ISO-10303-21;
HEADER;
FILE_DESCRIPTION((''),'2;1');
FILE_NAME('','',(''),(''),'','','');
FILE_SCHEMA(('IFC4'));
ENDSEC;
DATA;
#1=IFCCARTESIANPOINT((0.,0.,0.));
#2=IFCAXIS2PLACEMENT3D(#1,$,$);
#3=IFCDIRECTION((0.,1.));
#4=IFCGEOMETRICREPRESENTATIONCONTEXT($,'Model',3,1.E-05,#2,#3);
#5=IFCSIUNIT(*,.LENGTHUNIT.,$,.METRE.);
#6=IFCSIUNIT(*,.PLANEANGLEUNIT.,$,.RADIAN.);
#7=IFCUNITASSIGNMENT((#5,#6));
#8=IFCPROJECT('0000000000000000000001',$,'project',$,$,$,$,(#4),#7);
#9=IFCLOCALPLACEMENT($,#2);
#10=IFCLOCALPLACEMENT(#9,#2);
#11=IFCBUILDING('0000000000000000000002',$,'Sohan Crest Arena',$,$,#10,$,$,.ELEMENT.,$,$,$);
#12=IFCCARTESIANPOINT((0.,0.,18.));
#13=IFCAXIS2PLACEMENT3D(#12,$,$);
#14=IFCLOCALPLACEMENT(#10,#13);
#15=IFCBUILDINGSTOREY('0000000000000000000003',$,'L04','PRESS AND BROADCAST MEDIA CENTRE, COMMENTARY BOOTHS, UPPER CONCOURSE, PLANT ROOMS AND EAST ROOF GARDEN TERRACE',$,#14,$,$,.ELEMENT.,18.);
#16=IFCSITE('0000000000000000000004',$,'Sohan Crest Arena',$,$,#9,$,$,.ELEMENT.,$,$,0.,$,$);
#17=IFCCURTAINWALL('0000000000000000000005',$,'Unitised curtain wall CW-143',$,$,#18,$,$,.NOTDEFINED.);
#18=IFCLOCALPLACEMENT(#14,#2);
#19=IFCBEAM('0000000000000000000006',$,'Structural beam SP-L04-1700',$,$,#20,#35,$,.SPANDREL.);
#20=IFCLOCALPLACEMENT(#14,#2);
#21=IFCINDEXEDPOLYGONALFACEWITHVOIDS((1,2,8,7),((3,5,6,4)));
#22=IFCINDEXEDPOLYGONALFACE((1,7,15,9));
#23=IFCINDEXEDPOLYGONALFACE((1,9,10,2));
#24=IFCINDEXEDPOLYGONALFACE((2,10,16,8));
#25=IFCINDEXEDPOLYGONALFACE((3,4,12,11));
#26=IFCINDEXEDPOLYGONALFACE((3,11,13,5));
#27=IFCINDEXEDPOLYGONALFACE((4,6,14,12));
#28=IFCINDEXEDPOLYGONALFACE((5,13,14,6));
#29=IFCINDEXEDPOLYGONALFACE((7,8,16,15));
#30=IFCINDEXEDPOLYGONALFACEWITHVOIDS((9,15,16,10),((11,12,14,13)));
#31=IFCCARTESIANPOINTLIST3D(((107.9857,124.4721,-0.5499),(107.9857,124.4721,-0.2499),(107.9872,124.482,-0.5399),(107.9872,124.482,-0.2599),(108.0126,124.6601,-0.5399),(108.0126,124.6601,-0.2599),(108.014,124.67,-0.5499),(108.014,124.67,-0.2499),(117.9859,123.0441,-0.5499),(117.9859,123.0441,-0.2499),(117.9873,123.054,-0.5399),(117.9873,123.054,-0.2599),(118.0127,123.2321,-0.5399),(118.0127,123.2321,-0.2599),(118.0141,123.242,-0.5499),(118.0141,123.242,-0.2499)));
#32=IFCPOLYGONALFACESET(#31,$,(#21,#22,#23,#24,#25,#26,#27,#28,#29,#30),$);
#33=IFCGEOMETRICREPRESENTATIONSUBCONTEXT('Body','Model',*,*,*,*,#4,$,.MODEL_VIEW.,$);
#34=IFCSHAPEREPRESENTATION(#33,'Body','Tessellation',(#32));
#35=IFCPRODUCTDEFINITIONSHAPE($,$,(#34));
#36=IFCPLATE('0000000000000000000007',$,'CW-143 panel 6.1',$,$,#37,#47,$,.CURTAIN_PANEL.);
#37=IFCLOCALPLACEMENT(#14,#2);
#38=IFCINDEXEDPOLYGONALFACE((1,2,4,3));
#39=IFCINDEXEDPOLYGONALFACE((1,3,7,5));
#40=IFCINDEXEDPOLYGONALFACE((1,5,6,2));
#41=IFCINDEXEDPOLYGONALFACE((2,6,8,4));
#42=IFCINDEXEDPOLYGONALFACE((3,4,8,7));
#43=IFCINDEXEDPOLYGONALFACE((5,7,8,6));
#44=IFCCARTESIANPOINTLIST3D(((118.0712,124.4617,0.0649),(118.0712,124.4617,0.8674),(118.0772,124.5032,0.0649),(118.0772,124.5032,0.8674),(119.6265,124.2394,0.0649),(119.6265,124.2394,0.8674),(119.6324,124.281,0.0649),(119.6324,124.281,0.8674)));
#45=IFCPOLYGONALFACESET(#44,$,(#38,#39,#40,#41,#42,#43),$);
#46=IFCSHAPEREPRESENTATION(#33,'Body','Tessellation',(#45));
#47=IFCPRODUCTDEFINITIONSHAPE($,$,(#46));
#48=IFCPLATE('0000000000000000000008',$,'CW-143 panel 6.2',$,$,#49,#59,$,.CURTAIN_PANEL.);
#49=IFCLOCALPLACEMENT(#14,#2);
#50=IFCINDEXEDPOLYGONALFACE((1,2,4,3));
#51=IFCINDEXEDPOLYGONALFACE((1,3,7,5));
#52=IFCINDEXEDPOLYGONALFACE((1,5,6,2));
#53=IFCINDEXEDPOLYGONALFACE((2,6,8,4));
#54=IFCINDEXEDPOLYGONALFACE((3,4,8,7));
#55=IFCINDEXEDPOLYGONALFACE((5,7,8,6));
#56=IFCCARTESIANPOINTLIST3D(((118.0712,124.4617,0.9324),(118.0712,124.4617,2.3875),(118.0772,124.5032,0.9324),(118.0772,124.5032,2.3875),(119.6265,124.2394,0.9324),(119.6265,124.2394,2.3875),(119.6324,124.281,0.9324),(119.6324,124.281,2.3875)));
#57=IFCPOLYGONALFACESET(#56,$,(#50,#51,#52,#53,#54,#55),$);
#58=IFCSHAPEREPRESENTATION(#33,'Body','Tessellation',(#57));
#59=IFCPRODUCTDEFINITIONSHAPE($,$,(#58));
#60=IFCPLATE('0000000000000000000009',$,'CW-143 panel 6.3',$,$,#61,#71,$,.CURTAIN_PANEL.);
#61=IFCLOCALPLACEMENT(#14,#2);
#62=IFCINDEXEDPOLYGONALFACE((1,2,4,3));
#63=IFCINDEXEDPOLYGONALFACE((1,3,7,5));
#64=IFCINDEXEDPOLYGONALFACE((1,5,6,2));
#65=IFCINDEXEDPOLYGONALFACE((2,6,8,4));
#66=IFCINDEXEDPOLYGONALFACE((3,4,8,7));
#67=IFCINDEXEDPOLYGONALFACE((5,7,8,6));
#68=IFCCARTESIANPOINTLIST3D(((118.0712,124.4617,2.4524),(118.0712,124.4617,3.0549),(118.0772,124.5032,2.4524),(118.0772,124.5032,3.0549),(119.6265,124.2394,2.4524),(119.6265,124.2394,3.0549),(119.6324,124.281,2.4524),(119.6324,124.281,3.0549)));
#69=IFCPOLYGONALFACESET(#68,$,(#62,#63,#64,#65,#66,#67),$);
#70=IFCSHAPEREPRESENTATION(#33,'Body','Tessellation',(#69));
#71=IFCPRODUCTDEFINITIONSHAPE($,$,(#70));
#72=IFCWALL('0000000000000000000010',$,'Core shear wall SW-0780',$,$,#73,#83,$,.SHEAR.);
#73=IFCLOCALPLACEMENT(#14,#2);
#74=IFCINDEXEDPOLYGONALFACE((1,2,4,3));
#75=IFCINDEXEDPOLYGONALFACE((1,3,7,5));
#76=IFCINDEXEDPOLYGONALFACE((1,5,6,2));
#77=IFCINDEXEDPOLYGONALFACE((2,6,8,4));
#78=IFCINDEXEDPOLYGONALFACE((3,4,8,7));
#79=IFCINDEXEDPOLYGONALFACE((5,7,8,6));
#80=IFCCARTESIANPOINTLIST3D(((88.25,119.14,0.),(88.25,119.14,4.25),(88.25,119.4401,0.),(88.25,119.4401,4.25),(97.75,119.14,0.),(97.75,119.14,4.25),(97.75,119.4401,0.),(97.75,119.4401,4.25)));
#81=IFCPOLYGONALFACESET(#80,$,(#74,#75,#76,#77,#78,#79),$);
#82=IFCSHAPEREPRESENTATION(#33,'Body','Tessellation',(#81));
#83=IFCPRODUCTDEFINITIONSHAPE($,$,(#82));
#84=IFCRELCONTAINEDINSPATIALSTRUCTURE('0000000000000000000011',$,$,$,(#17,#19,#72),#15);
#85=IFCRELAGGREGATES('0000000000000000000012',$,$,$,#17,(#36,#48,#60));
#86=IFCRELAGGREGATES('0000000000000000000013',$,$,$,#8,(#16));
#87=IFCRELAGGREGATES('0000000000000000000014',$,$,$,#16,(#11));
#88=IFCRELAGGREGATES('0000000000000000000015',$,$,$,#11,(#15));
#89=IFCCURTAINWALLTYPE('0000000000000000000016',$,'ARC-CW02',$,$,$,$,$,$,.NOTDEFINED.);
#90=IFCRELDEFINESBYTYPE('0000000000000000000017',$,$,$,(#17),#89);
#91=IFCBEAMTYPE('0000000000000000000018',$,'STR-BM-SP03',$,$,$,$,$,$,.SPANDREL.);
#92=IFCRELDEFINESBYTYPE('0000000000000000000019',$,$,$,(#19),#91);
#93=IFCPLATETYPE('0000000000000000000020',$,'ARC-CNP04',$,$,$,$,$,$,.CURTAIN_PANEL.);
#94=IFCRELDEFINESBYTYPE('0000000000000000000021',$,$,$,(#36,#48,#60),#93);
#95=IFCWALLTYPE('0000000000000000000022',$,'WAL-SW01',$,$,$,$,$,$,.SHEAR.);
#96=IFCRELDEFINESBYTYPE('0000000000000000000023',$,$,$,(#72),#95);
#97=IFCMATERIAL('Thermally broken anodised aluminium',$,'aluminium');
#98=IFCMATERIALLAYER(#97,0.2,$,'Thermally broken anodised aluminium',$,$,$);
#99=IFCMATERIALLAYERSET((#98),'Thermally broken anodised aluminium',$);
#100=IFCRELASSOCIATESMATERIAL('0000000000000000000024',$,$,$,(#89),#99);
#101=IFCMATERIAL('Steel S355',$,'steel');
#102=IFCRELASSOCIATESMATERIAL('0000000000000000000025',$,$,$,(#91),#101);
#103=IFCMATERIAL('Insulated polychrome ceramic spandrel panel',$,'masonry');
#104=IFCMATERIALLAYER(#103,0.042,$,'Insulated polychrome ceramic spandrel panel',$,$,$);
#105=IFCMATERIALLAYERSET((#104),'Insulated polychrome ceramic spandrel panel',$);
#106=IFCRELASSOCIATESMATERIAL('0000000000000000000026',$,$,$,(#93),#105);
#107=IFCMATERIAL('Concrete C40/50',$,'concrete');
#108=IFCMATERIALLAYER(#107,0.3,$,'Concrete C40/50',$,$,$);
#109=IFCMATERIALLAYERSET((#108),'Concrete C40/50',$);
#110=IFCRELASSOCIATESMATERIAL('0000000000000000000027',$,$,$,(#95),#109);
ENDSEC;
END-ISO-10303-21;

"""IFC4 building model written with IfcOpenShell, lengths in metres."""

from ifc_helpers import new_model, si_unit, direction, frame, frame_2d, origin, origin_2d, place, context, subcontext, project, spatial, rectangle, hollow_rectangle, extrude, material, layer, layer_set, material_profile, profile_set, type_object, element, aggregate, save


model = new_model("IFC4")

# Units and contexts
model_context = context("Model", 3, precision=1e-05, world=origin(), true_north=direction((0.0, 1.0)))
body_context = subcontext(model_context, "Body", "Model", "MODEL_VIEW")
ifc_project = project(units=[si_unit("LENGTHUNIT", "METRE"), si_unit("PLANEANGLEUNIT", "RADIAN")], contexts=[model_context])

# Site, building, storey
site_placement = place(None, origin())
site = spatial("IfcSite", under=ifc_project, at=site_placement, Name="Sohan Crest Arena", CompositionType="ELEMENT", RefElevation=0.0)
building_placement = place(site_placement, origin())
building = spatial("IfcBuilding", under=site, at=building_placement, Name="Sohan Crest Arena", CompositionType="ELEMENT")
storey_placement = place(building_placement, frame((0.0, 0.0, 18.0)))
storey = spatial("IfcBuildingStorey", under=building, at=storey_placement, Name="L04", Description="PRESS AND BROADCAST MEDIA CENTRE, COMMENTARY BOOTHS, UPPER CONCOURSE, PLANT ROOMS AND EAST ROOF GARDEN TERRACE", CompositionType="ELEMENT", Elevation=18.0)

# Shared definitions
ifc_material_1 = material(Name="Steel S355", Category="steel")

# Shared definitions
ifc_material_2 = material(Name="Thermally broken anodised aluminium", Category="aluminium")
ifc_layer_1 = layer(ifc_material_2, 0.2, Name="Thermally broken anodised aluminium")
ifc_layer_set_1 = layer_set([ifc_layer_1], Name="Thermally broken anodised aluminium")
curtain_wall_type_1 = type_object("IfcCurtainWallType", Name="ARC-CW02", PredefinedType="NOTDEFINED", material=ifc_layer_set_1)

# Curtain wall
curtain_wall_1_placement = place(storey_placement, origin())
curtain_wall_1 = element("IfcCurtainWall", 1, at=curtain_wall_1_placement, inside=storey, type_object=curtain_wall_type_1, Name="Unitised curtain wall CW-143", PredefinedType="NOTDEFINED")

# Beam
ifc_material_profile_1 = material_profile(ifc_material_1, hollow_rectangle(XDim=0.2, YDim=0.3, WallThickness=0.01, at=origin_2d()), Name="RHS 300x200x10")
ifc_profile_set_1 = profile_set([ifc_material_profile_1], Name="Steel S355")
beam_type_1 = type_object("IfcBeamType", Name="STR-BM-SP03", PredefinedType="SPANDREL", material=ifc_profile_set_1)
beam_1_placement = place(storey_placement, frame((118.0, 123.1431, -0.3999), z_axis=(-0.989958, 0.141364, 0.0), x_axis=(-0.141364, -0.989958, 0.0)))
element("IfcBeam", 2, at=beam_1_placement, inside=storey, type_object=beam_type_1, Name="Structural beam SP-L04-1700", PredefinedType="SPANDREL", context=body_context, shape_type="SweptSolid", body=[
    extrude(hollow_rectangle(XDim=0.2, YDim=0.3, WallThickness=0.01, at=origin_2d()), origin(), (0.0, 0.0, 1.0), 10.1016),
])

# Plates
ifc_material_3 = material(Name="Insulated polychrome ceramic spandrel panel", Category="masonry")
ifc_layer_2 = layer(ifc_material_3, 0.042, Name="Insulated polychrome ceramic spandrel panel")
ifc_layer_set_2 = layer_set([ifc_layer_2], Name="Insulated polychrome ceramic spandrel panel")
plate_type = type_object("IfcPlateType", Name="ARC-CNP04", PredefinedType="CURTAIN_PANEL", material=ifc_layer_set_2)
plate_1_placement = place(storey_placement, frame((118.8518, 124.3713, 0.0649), z_axis=(0.0, 0.0, 1.0), x_axis=(-0.989944, 0.141463, 0.0)))
plate_1 = element("IfcPlate", 3, at=plate_1_placement, type_object=plate_type, Name="CW-143 panel 6.1", PredefinedType="CURTAIN_PANEL", context=body_context, shape_type="SweptSolid", body=[
    extrude(rectangle(XDim=1.571, YDim=0.042, at=origin_2d()), origin(), (0.0, 0.0, 1.0), 0.8025),
])
plate_2_placement = place(storey_placement, frame((118.8518, 124.3713, 0.9324), z_axis=(0.0, 0.0, 1.0), x_axis=(-0.989944, 0.141463, 0.0)))
plate_2 = element("IfcPlate", 4, at=plate_2_placement, type_object=plate_type, Name="CW-143 panel 6.2", PredefinedType="CURTAIN_PANEL", context=body_context, shape_type="SweptSolid", body=[
    extrude(rectangle(XDim=1.571, YDim=0.042, at=origin_2d()), origin(), (0.0, 0.0, 1.0), 1.4551),
])
plate_3_placement = place(storey_placement, frame((118.8518, 124.3713, 2.4524), z_axis=(0.0, 0.0, 1.0), x_axis=(-0.989944, 0.141463, 0.0)))
plate_3 = element("IfcPlate", 5, at=plate_3_placement, type_object=plate_type, Name="CW-143 panel 6.3", PredefinedType="CURTAIN_PANEL", context=body_context, shape_type="SweptSolid", body=[
    extrude(rectangle(XDim=1.571, YDim=0.042, at=origin_2d()), origin(), (0.0, 0.0, 1.0), 0.6025),
])
aggregate(curtain_wall_1, [plate_1, plate_2, plate_3])

# Wall
ifc_material_4 = material(Name="Concrete C40/50", Category="concrete")
ifc_layer_3 = layer(ifc_material_4, 0.3, Name="Concrete C40/50")
ifc_layer_set_3 = layer_set([ifc_layer_3], Name="Concrete C40/50")
wall_type = type_object("IfcWallType", Name="WAL-SW01", PredefinedType="SHEAR", material=ifc_layer_set_3)
wall_placement = place(storey_placement, frame((88.25, 119.29, 0.0), z_axis=(0.0, 0.0, 1.0), x_axis=(1.0, 0.0, 0.0)))
element("IfcWall", 6, at=wall_placement, inside=storey, type_object=wall_type, Name="Core shear wall SW-0780", PredefinedType="SHEAR", context=body_context, shape_type="SweptSolid", body=[
    extrude(rectangle(XDim=9.5, YDim=0.3, at=frame_2d((4.75, 0.0))), origin(), (0.0, 0.0, 1.0), 4.25),
])

save(model, "model.ifc")
